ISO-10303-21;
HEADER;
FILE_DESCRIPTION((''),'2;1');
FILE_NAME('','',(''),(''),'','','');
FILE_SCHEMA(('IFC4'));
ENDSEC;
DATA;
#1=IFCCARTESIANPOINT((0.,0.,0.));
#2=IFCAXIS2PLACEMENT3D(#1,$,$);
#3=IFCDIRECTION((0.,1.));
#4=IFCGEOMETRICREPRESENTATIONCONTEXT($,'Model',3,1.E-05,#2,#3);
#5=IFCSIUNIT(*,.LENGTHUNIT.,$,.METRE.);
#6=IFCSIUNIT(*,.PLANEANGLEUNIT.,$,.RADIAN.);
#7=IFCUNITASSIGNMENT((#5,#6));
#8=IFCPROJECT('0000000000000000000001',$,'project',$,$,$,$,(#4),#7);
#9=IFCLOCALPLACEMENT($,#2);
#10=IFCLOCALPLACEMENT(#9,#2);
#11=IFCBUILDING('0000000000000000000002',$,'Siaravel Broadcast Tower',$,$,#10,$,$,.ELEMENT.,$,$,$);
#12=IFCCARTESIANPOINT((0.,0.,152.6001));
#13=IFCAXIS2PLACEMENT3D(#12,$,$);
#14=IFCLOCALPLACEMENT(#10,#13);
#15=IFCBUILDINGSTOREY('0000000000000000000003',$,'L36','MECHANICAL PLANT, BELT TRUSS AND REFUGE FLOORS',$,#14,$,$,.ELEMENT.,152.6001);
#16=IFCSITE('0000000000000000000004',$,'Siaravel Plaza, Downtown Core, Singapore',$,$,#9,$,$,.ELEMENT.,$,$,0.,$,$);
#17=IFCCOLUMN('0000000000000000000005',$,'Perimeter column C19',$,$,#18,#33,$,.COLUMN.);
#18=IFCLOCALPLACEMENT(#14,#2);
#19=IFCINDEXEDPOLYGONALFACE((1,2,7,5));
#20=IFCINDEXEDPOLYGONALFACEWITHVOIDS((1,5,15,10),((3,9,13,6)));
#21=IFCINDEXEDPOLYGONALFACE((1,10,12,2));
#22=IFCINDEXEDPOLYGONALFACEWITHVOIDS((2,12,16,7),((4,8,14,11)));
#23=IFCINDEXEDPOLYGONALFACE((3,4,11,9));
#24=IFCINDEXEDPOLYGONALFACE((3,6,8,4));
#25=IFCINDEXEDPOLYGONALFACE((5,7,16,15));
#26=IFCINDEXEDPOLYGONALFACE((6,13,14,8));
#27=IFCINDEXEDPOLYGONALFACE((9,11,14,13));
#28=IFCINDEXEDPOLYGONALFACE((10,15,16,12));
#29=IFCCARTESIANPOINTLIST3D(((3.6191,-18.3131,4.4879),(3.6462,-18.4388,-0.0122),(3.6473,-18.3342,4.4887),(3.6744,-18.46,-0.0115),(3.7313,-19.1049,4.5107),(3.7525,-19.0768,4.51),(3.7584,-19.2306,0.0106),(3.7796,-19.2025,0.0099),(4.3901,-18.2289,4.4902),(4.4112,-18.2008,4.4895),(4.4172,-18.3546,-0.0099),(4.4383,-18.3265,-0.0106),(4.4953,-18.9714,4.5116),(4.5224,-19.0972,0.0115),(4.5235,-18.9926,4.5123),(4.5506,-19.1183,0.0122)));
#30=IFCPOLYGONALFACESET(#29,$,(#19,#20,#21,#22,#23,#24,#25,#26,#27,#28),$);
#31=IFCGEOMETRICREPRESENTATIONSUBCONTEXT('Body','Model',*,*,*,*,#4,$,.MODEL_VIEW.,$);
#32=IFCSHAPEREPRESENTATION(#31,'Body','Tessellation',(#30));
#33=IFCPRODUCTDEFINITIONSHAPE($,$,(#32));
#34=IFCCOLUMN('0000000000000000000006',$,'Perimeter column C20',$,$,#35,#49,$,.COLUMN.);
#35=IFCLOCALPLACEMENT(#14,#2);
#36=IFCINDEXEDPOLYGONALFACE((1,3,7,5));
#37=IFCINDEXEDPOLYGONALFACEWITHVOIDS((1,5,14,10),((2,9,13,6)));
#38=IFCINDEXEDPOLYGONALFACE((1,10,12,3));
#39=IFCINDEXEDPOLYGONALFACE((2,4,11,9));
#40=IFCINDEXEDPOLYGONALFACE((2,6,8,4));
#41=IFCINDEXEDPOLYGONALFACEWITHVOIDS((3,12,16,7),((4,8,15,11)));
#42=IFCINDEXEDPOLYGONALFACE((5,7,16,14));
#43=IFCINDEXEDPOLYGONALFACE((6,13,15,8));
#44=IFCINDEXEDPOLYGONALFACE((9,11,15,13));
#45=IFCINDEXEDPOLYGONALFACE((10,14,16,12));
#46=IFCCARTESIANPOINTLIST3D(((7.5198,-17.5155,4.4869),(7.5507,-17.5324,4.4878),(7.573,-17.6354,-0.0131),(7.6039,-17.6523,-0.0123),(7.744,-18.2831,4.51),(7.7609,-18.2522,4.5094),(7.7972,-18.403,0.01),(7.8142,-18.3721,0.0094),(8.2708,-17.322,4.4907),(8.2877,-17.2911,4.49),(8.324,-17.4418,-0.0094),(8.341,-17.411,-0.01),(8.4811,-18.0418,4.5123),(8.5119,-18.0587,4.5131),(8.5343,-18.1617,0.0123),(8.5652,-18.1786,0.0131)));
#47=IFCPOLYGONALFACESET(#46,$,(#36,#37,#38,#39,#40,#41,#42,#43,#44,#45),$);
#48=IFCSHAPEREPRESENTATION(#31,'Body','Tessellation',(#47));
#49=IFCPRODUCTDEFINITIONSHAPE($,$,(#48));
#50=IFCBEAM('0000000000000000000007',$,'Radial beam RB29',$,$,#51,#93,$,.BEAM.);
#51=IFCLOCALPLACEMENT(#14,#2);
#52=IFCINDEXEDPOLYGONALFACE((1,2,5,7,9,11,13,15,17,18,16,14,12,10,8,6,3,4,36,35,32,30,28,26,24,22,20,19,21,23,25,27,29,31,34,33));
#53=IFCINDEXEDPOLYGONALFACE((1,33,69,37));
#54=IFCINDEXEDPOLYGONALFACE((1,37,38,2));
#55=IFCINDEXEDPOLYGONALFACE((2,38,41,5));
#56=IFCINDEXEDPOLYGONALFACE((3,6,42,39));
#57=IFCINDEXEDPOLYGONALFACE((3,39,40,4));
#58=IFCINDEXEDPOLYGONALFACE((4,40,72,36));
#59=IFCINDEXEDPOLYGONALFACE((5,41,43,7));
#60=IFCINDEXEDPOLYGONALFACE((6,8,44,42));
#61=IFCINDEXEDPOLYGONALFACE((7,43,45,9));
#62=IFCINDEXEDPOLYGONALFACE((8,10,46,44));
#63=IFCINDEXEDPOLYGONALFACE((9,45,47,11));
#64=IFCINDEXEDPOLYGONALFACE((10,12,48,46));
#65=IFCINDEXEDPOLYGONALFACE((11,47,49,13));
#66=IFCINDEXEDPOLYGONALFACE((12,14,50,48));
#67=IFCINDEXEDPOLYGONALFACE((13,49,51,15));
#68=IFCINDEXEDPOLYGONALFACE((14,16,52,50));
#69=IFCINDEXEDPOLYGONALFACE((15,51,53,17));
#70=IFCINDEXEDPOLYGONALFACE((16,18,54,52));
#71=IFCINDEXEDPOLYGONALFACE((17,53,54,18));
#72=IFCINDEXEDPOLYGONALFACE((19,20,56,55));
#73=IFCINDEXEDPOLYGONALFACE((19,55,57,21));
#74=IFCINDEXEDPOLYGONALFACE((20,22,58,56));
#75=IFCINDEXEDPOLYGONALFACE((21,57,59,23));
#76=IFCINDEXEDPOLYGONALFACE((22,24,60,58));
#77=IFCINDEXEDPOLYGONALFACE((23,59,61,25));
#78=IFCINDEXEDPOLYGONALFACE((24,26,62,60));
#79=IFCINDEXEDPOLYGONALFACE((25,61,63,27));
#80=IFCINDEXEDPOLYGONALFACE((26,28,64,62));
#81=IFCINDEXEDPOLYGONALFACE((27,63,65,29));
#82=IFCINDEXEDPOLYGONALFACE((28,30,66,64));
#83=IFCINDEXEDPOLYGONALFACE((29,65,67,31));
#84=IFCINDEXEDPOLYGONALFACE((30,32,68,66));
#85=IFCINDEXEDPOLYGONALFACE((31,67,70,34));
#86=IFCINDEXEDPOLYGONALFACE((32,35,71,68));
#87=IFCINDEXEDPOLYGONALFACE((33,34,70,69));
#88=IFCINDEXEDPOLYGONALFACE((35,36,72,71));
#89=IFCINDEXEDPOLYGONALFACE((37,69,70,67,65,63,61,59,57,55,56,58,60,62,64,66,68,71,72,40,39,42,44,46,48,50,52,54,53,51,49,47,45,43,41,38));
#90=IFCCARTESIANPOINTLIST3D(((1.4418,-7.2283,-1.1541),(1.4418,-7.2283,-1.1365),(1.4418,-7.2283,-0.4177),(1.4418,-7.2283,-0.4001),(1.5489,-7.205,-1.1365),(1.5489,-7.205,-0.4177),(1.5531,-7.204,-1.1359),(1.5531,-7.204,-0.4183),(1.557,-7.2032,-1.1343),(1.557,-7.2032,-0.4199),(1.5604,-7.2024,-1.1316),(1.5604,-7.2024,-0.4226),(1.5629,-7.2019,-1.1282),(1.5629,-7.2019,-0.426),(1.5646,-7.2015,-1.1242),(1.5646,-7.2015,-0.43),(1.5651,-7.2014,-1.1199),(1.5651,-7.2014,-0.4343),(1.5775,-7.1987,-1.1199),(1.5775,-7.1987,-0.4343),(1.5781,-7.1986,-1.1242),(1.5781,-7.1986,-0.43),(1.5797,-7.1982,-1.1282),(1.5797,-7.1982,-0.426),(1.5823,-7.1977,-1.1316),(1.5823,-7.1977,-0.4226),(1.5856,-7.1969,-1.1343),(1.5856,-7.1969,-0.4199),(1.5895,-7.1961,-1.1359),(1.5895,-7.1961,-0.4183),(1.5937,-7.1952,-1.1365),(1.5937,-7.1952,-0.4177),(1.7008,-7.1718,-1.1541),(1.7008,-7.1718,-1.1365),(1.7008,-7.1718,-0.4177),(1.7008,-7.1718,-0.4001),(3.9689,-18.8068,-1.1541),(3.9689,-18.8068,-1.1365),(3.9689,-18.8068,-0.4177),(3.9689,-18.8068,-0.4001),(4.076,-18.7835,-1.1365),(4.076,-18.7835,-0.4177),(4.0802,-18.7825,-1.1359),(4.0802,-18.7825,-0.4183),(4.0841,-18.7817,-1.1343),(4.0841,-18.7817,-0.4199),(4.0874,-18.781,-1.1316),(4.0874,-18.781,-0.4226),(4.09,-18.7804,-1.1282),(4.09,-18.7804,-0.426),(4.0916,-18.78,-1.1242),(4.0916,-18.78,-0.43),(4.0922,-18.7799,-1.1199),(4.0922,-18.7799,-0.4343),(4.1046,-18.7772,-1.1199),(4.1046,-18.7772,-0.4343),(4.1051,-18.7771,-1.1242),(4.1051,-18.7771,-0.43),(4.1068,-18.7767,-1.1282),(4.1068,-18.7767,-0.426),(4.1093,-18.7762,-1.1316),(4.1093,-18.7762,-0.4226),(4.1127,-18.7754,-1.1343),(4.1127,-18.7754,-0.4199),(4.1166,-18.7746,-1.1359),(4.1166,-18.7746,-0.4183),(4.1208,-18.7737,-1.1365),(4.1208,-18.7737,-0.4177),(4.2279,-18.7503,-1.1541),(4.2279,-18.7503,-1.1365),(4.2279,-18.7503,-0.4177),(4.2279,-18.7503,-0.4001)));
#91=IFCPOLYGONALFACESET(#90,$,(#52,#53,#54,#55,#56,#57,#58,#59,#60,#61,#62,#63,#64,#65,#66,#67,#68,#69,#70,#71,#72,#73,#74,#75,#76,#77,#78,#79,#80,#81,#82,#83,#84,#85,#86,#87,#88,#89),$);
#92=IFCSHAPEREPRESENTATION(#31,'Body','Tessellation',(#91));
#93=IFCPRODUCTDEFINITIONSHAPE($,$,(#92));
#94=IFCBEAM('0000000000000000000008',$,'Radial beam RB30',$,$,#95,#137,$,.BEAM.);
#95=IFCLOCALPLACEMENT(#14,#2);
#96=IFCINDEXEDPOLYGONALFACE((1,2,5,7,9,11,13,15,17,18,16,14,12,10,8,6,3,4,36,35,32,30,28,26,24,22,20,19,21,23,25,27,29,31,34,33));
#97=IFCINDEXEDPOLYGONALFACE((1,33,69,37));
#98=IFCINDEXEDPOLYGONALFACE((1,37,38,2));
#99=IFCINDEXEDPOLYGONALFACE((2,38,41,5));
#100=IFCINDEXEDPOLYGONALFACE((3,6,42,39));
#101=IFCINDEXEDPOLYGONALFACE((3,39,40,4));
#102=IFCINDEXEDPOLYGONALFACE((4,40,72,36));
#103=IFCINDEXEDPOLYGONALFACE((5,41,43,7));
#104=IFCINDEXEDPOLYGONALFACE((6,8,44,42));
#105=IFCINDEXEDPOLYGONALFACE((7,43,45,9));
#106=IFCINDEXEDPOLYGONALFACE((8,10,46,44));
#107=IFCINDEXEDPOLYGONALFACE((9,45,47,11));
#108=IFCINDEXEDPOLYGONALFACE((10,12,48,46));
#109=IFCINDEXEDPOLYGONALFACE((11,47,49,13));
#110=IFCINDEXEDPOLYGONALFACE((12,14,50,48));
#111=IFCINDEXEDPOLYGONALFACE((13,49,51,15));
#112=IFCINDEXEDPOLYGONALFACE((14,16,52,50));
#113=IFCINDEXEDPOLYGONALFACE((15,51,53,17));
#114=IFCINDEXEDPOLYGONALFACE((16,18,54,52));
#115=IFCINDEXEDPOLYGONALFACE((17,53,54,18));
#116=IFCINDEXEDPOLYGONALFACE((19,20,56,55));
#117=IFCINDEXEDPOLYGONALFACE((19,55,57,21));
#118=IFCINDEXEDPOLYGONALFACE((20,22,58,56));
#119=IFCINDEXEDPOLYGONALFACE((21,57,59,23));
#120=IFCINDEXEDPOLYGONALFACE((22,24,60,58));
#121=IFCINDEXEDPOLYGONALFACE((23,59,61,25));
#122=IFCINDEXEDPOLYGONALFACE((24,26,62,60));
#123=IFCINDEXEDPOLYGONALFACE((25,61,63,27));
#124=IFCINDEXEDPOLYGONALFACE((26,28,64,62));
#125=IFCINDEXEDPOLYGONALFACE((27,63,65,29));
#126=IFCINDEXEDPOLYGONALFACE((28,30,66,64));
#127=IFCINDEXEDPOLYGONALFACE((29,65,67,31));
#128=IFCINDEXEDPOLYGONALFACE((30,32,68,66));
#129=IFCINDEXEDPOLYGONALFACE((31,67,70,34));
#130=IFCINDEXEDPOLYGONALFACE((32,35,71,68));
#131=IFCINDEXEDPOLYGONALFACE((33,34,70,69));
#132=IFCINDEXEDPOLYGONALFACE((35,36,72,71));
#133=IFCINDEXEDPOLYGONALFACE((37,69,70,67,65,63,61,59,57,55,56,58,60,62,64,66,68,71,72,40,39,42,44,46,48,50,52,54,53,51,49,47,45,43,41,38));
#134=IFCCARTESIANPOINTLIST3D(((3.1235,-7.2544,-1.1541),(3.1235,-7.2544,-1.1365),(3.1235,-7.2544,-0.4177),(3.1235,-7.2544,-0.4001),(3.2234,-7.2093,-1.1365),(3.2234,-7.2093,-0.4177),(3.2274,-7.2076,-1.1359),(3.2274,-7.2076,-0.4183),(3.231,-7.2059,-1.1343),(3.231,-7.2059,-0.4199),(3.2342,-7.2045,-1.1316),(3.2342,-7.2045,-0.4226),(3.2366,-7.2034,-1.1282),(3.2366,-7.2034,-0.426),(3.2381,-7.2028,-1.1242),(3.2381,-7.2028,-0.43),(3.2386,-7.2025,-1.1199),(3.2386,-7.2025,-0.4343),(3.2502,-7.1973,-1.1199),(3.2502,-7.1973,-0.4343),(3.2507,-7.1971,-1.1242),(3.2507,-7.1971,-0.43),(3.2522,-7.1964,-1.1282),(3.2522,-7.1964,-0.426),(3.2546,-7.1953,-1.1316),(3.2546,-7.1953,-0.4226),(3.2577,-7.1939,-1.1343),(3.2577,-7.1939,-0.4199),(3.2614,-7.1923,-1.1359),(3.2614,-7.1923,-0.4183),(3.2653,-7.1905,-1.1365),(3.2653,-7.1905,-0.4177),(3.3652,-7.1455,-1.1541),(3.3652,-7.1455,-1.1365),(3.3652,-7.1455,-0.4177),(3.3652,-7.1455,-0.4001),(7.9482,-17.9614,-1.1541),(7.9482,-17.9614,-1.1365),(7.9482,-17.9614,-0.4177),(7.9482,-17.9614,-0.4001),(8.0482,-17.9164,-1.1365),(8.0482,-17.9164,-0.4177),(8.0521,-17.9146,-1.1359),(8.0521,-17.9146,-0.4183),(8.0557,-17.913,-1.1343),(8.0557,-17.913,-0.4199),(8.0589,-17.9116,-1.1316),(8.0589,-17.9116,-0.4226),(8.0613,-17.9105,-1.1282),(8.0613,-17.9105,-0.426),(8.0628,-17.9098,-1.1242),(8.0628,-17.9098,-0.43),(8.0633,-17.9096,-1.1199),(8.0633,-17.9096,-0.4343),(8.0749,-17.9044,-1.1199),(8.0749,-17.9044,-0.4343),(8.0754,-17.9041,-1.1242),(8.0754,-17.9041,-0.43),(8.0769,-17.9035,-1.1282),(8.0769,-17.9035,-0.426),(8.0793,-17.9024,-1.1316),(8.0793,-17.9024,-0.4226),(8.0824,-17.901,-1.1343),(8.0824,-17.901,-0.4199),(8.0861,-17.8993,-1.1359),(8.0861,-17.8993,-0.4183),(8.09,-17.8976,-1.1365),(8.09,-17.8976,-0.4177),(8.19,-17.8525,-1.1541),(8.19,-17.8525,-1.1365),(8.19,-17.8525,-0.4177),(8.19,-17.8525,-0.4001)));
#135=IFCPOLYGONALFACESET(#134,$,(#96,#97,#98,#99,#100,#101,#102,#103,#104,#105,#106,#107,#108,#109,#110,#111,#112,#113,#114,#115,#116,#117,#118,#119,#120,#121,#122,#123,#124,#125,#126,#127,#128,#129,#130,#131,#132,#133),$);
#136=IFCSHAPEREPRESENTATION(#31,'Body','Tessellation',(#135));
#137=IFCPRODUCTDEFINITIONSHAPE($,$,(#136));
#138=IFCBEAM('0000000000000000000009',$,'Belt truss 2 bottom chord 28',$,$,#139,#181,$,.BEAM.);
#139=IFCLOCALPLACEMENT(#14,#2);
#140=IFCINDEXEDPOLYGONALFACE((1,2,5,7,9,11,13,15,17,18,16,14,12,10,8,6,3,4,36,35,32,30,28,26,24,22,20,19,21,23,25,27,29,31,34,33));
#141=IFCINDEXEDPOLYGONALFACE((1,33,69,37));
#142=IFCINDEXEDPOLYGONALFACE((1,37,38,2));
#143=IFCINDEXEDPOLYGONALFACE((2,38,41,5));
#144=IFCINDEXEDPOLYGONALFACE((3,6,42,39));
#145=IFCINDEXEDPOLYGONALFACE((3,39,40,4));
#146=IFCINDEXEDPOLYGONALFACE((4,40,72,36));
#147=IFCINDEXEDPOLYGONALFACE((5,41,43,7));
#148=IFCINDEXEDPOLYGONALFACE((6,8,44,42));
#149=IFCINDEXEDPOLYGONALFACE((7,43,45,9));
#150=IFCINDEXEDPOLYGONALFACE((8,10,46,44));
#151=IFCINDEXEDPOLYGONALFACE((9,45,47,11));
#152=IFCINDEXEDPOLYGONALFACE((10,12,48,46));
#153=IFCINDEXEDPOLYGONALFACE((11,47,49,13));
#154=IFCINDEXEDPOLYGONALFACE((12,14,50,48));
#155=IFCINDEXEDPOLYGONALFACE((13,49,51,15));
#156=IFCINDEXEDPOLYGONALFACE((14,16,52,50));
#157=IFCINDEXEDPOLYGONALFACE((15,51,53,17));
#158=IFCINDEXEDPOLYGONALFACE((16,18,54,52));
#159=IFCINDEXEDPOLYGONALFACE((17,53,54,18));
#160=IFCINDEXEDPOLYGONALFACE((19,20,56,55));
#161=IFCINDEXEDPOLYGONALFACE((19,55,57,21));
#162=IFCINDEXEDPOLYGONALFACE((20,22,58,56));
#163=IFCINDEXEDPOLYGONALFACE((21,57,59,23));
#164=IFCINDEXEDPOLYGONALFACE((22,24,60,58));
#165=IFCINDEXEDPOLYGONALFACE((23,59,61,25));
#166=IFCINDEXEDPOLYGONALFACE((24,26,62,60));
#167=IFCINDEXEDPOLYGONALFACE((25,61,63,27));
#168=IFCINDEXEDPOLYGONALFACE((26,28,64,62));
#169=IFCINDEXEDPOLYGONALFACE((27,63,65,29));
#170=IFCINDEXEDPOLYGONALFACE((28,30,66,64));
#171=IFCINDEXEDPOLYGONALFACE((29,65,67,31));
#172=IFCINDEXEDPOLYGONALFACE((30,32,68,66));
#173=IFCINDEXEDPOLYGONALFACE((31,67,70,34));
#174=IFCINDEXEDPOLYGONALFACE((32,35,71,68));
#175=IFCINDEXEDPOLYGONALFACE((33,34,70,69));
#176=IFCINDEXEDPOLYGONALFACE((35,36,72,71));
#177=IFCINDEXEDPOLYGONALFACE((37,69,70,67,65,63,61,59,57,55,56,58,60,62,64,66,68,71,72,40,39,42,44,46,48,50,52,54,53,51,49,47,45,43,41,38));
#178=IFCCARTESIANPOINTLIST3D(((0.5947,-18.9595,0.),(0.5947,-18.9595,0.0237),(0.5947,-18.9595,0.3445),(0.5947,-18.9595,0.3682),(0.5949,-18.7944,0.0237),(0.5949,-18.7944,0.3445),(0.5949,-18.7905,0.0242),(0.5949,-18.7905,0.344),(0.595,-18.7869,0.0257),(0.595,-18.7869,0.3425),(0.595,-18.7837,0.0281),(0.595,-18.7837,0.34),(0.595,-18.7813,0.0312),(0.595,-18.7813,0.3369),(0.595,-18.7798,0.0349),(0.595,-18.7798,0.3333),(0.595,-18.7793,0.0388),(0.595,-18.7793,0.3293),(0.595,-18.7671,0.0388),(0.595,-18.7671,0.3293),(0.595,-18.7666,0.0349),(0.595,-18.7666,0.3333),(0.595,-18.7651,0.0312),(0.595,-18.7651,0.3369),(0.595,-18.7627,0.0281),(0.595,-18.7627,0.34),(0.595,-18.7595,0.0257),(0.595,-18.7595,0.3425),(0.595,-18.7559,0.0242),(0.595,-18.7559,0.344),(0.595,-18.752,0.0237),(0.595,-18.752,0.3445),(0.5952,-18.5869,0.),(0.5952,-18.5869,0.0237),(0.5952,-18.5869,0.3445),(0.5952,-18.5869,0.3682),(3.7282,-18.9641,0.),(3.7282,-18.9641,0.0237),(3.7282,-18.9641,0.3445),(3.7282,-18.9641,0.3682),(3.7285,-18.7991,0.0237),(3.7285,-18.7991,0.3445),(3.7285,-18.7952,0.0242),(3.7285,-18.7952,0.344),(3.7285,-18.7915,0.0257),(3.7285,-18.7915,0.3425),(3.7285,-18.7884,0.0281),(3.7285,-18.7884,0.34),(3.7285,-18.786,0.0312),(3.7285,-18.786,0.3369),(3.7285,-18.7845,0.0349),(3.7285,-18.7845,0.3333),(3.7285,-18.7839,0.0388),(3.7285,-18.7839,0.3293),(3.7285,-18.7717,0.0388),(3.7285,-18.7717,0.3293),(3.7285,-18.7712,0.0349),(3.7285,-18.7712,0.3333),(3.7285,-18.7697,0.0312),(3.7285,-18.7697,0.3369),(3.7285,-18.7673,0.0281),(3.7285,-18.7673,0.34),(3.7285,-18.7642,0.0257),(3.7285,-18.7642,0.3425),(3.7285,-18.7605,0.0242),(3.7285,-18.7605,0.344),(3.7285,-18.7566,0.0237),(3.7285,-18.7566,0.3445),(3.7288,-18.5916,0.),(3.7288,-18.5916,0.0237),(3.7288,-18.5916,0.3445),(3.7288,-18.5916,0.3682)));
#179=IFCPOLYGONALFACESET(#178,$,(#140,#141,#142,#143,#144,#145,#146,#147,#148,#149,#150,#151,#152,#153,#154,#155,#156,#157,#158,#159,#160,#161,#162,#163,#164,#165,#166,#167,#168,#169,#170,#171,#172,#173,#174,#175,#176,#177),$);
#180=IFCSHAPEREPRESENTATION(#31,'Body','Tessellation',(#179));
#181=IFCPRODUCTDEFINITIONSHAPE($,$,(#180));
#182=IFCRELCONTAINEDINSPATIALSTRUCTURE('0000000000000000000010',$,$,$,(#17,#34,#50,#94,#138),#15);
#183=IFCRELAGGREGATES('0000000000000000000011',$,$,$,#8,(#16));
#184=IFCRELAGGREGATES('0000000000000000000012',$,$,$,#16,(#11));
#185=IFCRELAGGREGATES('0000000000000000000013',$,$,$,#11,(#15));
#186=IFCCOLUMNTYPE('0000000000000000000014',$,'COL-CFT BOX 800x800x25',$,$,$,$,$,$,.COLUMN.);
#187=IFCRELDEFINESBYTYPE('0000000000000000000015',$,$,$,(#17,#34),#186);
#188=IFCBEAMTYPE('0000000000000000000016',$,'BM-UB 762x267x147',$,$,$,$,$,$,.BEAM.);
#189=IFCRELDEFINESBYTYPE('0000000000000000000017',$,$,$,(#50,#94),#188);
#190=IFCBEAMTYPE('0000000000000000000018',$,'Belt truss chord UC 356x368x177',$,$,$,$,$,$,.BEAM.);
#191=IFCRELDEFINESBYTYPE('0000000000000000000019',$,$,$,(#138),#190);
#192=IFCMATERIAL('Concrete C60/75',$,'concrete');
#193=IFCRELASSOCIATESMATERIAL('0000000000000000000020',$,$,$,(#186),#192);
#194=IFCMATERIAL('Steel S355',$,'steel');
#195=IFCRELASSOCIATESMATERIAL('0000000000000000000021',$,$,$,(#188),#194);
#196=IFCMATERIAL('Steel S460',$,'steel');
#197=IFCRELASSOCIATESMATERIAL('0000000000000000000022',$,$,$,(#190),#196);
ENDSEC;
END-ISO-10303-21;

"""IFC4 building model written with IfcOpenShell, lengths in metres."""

from ifc_helpers import new_model, si_unit, direction, frame, origin, origin_2d, place, context, subcontext, project, spatial, hollow_rectangle, i_section, extrude, material, material_profile, profile_set, type_object, element, save


model = new_model("IFC4")

# Units and contexts
model_context = context("Model", 3, precision=1e-05, world=origin(), true_north=direction((0.0, 1.0)))
body_context = subcontext(model_context, "Body", "Model", "MODEL_VIEW")
ifc_project = project(units=[si_unit("LENGTHUNIT", "METRE"), si_unit("PLANEANGLEUNIT", "RADIAN")], contexts=[model_context])

# Site, building, storey
site_placement = place(None, origin())
site = spatial("IfcSite", under=ifc_project, at=site_placement, Name="Siaravel Plaza, Downtown Core, Singapore", CompositionType="ELEMENT", RefElevation=0.0)
building_placement = place(site_placement, origin())
building = spatial("IfcBuilding", under=site, at=building_placement, Name="Siaravel Broadcast Tower", CompositionType="ELEMENT")
storey_placement = place(building_placement, frame((0.0, 0.0, 152.6001)))
storey = spatial("IfcBuildingStorey", under=building, at=storey_placement, Name="L36", Description="MECHANICAL PLANT, BELT TRUSS AND REFUGE FLOORS", CompositionType="ELEMENT", Elevation=152.6001)

# Columns
ifc_material_1 = material(Name="Concrete C60/75", Category="concrete")
ifc_material_profile_1 = material_profile(ifc_material_1, hollow_rectangle(XDim=0.8, YDim=0.8, WallThickness=0.0249, at=origin_2d()))
ifc_profile_set_1 = profile_set([ifc_material_profile_1], Name="Concrete C60/75")
column_type = type_object("IfcColumnType", Name="COL-CFT BOX 800x800x25", PredefinedType="COLUMN", material=ifc_profile_set_1)
for number, where, z_axis, x_axis, name in (
    (1, (4.0984, -18.7786, 0.0), (-0.00602, 0.027929, 0.999592), (-0.990093, -0.140396, -0.00204), "Perimeter column C19"),
    (2, (8.0691, -17.907, 0.0), (-0.011822, 0.026627, 0.999576), (-0.959857, -0.280464, -0.003881), "Perimeter column C20"),
):
    element("IfcColumn", number, at=place(storey_placement, frame(where, z_axis=z_axis, x_axis=x_axis)), inside=storey, type_object=column_type, Name=name, PredefinedType="COLUMN", context=body_context, shape_type="SweptSolid", body=[
        extrude(hollow_rectangle(XDim=0.8, YDim=0.8, WallThickness=0.0249, at=origin_2d()), origin(), (0.0, 0.0, 1.0), 4.502),
    ])

# Beams
ifc_material_2 = material(Name="Steel S355", Category="steel")
ifc_material_profile_2 = material_profile(ifc_material_2, i_section(OverallWidth=0.2651, OverallDepth=0.7539, WebThickness=0.0127, FlangeThickness=0.0176, FilletRadius=0.0166, at=origin_2d()))
ifc_profile_set_2 = profile_set([ifc_material_profile_2], Name="Steel S355")
beam_type_1 = type_object("IfcBeamType", Name="BM-UB 762x267x147", PredefinedType="BEAM", material=ifc_profile_set_2)
beam_1_placement = place(storey_placement, frame((4.0984, -18.7786, -0.7771), z_axis=(-0.213236, 0.977001, 0.0), x_axis=(-0.977001, -0.213236, 0.0)))
element("IfcBeam", 3, at=beam_1_placement, inside=storey, type_object=beam_type_1, Name="Radial beam RB29", PredefinedType="BEAM", context=body_context, shape_type="SweptSolid", body=[
    extrude(i_section(OverallWidth=0.2651, OverallDepth=0.7539, WebThickness=0.0127, FlangeThickness=0.0176, FilletRadius=0.0166, at=origin_2d()), origin(), (0.0, 0.0, 1.0), 11.8511),
])
beam_2_placement = place(storey_placement, frame((8.0691, -17.907, -0.7771), z_axis=(-0.410828, 0.911713, 0.0), x_axis=(-0.911713, -0.410828, 0.0)))
element("IfcBeam", 4, at=beam_2_placement, inside=storey, type_object=beam_type_1, Name="Radial beam RB30", PredefinedType="BEAM", context=body_context, shape_type="SweptSolid", body=[
    extrude(i_section(OverallWidth=0.2651, OverallDepth=0.7539, WebThickness=0.0127, FlangeThickness=0.0176, FilletRadius=0.0166, at=origin_2d()), origin(), (0.0, 0.0, 1.0), 11.7439),
])
ifc_material_3 = material(Name="Steel S460", Category="steel")
ifc_material_profile_3 = material_profile(ifc_material_3, i_section(OverallWidth=0.3726, OverallDepth=0.3682, WebThickness=0.0122, FlangeThickness=0.0237, FilletRadius=0.0151, at=origin_2d()))
ifc_profile_set_3 = profile_set([ifc_material_profile_3], Name="Steel S460")
beam_type_2 = type_object("IfcBeamType", Name="Belt truss chord UC 356x368x177", PredefinedType="BEAM", material=ifc_profile_set_3)
beam_3_placement = place(storey_placement, frame((0.595, -18.7732, 0.1841), z_axis=(0.999999, -0.00148, 0.0), x_axis=(0.00148, 0.999999, 0.0)))
element("IfcBeam", 5, at=beam_3_placement, inside=storey, type_object=beam_type_2, Name="Belt truss 2 bottom chord 28", PredefinedType="BEAM", context=body_context, shape_type="SweptSolid", body=[
    extrude(i_section(OverallWidth=0.3726, OverallDepth=0.3682, WebThickness=0.0122, FlangeThickness=0.0237, FilletRadius=0.0151, at=origin_2d()), origin(), (0.0, 0.0, 1.0), 3.1335),
])

save(model, "model.ifc")
